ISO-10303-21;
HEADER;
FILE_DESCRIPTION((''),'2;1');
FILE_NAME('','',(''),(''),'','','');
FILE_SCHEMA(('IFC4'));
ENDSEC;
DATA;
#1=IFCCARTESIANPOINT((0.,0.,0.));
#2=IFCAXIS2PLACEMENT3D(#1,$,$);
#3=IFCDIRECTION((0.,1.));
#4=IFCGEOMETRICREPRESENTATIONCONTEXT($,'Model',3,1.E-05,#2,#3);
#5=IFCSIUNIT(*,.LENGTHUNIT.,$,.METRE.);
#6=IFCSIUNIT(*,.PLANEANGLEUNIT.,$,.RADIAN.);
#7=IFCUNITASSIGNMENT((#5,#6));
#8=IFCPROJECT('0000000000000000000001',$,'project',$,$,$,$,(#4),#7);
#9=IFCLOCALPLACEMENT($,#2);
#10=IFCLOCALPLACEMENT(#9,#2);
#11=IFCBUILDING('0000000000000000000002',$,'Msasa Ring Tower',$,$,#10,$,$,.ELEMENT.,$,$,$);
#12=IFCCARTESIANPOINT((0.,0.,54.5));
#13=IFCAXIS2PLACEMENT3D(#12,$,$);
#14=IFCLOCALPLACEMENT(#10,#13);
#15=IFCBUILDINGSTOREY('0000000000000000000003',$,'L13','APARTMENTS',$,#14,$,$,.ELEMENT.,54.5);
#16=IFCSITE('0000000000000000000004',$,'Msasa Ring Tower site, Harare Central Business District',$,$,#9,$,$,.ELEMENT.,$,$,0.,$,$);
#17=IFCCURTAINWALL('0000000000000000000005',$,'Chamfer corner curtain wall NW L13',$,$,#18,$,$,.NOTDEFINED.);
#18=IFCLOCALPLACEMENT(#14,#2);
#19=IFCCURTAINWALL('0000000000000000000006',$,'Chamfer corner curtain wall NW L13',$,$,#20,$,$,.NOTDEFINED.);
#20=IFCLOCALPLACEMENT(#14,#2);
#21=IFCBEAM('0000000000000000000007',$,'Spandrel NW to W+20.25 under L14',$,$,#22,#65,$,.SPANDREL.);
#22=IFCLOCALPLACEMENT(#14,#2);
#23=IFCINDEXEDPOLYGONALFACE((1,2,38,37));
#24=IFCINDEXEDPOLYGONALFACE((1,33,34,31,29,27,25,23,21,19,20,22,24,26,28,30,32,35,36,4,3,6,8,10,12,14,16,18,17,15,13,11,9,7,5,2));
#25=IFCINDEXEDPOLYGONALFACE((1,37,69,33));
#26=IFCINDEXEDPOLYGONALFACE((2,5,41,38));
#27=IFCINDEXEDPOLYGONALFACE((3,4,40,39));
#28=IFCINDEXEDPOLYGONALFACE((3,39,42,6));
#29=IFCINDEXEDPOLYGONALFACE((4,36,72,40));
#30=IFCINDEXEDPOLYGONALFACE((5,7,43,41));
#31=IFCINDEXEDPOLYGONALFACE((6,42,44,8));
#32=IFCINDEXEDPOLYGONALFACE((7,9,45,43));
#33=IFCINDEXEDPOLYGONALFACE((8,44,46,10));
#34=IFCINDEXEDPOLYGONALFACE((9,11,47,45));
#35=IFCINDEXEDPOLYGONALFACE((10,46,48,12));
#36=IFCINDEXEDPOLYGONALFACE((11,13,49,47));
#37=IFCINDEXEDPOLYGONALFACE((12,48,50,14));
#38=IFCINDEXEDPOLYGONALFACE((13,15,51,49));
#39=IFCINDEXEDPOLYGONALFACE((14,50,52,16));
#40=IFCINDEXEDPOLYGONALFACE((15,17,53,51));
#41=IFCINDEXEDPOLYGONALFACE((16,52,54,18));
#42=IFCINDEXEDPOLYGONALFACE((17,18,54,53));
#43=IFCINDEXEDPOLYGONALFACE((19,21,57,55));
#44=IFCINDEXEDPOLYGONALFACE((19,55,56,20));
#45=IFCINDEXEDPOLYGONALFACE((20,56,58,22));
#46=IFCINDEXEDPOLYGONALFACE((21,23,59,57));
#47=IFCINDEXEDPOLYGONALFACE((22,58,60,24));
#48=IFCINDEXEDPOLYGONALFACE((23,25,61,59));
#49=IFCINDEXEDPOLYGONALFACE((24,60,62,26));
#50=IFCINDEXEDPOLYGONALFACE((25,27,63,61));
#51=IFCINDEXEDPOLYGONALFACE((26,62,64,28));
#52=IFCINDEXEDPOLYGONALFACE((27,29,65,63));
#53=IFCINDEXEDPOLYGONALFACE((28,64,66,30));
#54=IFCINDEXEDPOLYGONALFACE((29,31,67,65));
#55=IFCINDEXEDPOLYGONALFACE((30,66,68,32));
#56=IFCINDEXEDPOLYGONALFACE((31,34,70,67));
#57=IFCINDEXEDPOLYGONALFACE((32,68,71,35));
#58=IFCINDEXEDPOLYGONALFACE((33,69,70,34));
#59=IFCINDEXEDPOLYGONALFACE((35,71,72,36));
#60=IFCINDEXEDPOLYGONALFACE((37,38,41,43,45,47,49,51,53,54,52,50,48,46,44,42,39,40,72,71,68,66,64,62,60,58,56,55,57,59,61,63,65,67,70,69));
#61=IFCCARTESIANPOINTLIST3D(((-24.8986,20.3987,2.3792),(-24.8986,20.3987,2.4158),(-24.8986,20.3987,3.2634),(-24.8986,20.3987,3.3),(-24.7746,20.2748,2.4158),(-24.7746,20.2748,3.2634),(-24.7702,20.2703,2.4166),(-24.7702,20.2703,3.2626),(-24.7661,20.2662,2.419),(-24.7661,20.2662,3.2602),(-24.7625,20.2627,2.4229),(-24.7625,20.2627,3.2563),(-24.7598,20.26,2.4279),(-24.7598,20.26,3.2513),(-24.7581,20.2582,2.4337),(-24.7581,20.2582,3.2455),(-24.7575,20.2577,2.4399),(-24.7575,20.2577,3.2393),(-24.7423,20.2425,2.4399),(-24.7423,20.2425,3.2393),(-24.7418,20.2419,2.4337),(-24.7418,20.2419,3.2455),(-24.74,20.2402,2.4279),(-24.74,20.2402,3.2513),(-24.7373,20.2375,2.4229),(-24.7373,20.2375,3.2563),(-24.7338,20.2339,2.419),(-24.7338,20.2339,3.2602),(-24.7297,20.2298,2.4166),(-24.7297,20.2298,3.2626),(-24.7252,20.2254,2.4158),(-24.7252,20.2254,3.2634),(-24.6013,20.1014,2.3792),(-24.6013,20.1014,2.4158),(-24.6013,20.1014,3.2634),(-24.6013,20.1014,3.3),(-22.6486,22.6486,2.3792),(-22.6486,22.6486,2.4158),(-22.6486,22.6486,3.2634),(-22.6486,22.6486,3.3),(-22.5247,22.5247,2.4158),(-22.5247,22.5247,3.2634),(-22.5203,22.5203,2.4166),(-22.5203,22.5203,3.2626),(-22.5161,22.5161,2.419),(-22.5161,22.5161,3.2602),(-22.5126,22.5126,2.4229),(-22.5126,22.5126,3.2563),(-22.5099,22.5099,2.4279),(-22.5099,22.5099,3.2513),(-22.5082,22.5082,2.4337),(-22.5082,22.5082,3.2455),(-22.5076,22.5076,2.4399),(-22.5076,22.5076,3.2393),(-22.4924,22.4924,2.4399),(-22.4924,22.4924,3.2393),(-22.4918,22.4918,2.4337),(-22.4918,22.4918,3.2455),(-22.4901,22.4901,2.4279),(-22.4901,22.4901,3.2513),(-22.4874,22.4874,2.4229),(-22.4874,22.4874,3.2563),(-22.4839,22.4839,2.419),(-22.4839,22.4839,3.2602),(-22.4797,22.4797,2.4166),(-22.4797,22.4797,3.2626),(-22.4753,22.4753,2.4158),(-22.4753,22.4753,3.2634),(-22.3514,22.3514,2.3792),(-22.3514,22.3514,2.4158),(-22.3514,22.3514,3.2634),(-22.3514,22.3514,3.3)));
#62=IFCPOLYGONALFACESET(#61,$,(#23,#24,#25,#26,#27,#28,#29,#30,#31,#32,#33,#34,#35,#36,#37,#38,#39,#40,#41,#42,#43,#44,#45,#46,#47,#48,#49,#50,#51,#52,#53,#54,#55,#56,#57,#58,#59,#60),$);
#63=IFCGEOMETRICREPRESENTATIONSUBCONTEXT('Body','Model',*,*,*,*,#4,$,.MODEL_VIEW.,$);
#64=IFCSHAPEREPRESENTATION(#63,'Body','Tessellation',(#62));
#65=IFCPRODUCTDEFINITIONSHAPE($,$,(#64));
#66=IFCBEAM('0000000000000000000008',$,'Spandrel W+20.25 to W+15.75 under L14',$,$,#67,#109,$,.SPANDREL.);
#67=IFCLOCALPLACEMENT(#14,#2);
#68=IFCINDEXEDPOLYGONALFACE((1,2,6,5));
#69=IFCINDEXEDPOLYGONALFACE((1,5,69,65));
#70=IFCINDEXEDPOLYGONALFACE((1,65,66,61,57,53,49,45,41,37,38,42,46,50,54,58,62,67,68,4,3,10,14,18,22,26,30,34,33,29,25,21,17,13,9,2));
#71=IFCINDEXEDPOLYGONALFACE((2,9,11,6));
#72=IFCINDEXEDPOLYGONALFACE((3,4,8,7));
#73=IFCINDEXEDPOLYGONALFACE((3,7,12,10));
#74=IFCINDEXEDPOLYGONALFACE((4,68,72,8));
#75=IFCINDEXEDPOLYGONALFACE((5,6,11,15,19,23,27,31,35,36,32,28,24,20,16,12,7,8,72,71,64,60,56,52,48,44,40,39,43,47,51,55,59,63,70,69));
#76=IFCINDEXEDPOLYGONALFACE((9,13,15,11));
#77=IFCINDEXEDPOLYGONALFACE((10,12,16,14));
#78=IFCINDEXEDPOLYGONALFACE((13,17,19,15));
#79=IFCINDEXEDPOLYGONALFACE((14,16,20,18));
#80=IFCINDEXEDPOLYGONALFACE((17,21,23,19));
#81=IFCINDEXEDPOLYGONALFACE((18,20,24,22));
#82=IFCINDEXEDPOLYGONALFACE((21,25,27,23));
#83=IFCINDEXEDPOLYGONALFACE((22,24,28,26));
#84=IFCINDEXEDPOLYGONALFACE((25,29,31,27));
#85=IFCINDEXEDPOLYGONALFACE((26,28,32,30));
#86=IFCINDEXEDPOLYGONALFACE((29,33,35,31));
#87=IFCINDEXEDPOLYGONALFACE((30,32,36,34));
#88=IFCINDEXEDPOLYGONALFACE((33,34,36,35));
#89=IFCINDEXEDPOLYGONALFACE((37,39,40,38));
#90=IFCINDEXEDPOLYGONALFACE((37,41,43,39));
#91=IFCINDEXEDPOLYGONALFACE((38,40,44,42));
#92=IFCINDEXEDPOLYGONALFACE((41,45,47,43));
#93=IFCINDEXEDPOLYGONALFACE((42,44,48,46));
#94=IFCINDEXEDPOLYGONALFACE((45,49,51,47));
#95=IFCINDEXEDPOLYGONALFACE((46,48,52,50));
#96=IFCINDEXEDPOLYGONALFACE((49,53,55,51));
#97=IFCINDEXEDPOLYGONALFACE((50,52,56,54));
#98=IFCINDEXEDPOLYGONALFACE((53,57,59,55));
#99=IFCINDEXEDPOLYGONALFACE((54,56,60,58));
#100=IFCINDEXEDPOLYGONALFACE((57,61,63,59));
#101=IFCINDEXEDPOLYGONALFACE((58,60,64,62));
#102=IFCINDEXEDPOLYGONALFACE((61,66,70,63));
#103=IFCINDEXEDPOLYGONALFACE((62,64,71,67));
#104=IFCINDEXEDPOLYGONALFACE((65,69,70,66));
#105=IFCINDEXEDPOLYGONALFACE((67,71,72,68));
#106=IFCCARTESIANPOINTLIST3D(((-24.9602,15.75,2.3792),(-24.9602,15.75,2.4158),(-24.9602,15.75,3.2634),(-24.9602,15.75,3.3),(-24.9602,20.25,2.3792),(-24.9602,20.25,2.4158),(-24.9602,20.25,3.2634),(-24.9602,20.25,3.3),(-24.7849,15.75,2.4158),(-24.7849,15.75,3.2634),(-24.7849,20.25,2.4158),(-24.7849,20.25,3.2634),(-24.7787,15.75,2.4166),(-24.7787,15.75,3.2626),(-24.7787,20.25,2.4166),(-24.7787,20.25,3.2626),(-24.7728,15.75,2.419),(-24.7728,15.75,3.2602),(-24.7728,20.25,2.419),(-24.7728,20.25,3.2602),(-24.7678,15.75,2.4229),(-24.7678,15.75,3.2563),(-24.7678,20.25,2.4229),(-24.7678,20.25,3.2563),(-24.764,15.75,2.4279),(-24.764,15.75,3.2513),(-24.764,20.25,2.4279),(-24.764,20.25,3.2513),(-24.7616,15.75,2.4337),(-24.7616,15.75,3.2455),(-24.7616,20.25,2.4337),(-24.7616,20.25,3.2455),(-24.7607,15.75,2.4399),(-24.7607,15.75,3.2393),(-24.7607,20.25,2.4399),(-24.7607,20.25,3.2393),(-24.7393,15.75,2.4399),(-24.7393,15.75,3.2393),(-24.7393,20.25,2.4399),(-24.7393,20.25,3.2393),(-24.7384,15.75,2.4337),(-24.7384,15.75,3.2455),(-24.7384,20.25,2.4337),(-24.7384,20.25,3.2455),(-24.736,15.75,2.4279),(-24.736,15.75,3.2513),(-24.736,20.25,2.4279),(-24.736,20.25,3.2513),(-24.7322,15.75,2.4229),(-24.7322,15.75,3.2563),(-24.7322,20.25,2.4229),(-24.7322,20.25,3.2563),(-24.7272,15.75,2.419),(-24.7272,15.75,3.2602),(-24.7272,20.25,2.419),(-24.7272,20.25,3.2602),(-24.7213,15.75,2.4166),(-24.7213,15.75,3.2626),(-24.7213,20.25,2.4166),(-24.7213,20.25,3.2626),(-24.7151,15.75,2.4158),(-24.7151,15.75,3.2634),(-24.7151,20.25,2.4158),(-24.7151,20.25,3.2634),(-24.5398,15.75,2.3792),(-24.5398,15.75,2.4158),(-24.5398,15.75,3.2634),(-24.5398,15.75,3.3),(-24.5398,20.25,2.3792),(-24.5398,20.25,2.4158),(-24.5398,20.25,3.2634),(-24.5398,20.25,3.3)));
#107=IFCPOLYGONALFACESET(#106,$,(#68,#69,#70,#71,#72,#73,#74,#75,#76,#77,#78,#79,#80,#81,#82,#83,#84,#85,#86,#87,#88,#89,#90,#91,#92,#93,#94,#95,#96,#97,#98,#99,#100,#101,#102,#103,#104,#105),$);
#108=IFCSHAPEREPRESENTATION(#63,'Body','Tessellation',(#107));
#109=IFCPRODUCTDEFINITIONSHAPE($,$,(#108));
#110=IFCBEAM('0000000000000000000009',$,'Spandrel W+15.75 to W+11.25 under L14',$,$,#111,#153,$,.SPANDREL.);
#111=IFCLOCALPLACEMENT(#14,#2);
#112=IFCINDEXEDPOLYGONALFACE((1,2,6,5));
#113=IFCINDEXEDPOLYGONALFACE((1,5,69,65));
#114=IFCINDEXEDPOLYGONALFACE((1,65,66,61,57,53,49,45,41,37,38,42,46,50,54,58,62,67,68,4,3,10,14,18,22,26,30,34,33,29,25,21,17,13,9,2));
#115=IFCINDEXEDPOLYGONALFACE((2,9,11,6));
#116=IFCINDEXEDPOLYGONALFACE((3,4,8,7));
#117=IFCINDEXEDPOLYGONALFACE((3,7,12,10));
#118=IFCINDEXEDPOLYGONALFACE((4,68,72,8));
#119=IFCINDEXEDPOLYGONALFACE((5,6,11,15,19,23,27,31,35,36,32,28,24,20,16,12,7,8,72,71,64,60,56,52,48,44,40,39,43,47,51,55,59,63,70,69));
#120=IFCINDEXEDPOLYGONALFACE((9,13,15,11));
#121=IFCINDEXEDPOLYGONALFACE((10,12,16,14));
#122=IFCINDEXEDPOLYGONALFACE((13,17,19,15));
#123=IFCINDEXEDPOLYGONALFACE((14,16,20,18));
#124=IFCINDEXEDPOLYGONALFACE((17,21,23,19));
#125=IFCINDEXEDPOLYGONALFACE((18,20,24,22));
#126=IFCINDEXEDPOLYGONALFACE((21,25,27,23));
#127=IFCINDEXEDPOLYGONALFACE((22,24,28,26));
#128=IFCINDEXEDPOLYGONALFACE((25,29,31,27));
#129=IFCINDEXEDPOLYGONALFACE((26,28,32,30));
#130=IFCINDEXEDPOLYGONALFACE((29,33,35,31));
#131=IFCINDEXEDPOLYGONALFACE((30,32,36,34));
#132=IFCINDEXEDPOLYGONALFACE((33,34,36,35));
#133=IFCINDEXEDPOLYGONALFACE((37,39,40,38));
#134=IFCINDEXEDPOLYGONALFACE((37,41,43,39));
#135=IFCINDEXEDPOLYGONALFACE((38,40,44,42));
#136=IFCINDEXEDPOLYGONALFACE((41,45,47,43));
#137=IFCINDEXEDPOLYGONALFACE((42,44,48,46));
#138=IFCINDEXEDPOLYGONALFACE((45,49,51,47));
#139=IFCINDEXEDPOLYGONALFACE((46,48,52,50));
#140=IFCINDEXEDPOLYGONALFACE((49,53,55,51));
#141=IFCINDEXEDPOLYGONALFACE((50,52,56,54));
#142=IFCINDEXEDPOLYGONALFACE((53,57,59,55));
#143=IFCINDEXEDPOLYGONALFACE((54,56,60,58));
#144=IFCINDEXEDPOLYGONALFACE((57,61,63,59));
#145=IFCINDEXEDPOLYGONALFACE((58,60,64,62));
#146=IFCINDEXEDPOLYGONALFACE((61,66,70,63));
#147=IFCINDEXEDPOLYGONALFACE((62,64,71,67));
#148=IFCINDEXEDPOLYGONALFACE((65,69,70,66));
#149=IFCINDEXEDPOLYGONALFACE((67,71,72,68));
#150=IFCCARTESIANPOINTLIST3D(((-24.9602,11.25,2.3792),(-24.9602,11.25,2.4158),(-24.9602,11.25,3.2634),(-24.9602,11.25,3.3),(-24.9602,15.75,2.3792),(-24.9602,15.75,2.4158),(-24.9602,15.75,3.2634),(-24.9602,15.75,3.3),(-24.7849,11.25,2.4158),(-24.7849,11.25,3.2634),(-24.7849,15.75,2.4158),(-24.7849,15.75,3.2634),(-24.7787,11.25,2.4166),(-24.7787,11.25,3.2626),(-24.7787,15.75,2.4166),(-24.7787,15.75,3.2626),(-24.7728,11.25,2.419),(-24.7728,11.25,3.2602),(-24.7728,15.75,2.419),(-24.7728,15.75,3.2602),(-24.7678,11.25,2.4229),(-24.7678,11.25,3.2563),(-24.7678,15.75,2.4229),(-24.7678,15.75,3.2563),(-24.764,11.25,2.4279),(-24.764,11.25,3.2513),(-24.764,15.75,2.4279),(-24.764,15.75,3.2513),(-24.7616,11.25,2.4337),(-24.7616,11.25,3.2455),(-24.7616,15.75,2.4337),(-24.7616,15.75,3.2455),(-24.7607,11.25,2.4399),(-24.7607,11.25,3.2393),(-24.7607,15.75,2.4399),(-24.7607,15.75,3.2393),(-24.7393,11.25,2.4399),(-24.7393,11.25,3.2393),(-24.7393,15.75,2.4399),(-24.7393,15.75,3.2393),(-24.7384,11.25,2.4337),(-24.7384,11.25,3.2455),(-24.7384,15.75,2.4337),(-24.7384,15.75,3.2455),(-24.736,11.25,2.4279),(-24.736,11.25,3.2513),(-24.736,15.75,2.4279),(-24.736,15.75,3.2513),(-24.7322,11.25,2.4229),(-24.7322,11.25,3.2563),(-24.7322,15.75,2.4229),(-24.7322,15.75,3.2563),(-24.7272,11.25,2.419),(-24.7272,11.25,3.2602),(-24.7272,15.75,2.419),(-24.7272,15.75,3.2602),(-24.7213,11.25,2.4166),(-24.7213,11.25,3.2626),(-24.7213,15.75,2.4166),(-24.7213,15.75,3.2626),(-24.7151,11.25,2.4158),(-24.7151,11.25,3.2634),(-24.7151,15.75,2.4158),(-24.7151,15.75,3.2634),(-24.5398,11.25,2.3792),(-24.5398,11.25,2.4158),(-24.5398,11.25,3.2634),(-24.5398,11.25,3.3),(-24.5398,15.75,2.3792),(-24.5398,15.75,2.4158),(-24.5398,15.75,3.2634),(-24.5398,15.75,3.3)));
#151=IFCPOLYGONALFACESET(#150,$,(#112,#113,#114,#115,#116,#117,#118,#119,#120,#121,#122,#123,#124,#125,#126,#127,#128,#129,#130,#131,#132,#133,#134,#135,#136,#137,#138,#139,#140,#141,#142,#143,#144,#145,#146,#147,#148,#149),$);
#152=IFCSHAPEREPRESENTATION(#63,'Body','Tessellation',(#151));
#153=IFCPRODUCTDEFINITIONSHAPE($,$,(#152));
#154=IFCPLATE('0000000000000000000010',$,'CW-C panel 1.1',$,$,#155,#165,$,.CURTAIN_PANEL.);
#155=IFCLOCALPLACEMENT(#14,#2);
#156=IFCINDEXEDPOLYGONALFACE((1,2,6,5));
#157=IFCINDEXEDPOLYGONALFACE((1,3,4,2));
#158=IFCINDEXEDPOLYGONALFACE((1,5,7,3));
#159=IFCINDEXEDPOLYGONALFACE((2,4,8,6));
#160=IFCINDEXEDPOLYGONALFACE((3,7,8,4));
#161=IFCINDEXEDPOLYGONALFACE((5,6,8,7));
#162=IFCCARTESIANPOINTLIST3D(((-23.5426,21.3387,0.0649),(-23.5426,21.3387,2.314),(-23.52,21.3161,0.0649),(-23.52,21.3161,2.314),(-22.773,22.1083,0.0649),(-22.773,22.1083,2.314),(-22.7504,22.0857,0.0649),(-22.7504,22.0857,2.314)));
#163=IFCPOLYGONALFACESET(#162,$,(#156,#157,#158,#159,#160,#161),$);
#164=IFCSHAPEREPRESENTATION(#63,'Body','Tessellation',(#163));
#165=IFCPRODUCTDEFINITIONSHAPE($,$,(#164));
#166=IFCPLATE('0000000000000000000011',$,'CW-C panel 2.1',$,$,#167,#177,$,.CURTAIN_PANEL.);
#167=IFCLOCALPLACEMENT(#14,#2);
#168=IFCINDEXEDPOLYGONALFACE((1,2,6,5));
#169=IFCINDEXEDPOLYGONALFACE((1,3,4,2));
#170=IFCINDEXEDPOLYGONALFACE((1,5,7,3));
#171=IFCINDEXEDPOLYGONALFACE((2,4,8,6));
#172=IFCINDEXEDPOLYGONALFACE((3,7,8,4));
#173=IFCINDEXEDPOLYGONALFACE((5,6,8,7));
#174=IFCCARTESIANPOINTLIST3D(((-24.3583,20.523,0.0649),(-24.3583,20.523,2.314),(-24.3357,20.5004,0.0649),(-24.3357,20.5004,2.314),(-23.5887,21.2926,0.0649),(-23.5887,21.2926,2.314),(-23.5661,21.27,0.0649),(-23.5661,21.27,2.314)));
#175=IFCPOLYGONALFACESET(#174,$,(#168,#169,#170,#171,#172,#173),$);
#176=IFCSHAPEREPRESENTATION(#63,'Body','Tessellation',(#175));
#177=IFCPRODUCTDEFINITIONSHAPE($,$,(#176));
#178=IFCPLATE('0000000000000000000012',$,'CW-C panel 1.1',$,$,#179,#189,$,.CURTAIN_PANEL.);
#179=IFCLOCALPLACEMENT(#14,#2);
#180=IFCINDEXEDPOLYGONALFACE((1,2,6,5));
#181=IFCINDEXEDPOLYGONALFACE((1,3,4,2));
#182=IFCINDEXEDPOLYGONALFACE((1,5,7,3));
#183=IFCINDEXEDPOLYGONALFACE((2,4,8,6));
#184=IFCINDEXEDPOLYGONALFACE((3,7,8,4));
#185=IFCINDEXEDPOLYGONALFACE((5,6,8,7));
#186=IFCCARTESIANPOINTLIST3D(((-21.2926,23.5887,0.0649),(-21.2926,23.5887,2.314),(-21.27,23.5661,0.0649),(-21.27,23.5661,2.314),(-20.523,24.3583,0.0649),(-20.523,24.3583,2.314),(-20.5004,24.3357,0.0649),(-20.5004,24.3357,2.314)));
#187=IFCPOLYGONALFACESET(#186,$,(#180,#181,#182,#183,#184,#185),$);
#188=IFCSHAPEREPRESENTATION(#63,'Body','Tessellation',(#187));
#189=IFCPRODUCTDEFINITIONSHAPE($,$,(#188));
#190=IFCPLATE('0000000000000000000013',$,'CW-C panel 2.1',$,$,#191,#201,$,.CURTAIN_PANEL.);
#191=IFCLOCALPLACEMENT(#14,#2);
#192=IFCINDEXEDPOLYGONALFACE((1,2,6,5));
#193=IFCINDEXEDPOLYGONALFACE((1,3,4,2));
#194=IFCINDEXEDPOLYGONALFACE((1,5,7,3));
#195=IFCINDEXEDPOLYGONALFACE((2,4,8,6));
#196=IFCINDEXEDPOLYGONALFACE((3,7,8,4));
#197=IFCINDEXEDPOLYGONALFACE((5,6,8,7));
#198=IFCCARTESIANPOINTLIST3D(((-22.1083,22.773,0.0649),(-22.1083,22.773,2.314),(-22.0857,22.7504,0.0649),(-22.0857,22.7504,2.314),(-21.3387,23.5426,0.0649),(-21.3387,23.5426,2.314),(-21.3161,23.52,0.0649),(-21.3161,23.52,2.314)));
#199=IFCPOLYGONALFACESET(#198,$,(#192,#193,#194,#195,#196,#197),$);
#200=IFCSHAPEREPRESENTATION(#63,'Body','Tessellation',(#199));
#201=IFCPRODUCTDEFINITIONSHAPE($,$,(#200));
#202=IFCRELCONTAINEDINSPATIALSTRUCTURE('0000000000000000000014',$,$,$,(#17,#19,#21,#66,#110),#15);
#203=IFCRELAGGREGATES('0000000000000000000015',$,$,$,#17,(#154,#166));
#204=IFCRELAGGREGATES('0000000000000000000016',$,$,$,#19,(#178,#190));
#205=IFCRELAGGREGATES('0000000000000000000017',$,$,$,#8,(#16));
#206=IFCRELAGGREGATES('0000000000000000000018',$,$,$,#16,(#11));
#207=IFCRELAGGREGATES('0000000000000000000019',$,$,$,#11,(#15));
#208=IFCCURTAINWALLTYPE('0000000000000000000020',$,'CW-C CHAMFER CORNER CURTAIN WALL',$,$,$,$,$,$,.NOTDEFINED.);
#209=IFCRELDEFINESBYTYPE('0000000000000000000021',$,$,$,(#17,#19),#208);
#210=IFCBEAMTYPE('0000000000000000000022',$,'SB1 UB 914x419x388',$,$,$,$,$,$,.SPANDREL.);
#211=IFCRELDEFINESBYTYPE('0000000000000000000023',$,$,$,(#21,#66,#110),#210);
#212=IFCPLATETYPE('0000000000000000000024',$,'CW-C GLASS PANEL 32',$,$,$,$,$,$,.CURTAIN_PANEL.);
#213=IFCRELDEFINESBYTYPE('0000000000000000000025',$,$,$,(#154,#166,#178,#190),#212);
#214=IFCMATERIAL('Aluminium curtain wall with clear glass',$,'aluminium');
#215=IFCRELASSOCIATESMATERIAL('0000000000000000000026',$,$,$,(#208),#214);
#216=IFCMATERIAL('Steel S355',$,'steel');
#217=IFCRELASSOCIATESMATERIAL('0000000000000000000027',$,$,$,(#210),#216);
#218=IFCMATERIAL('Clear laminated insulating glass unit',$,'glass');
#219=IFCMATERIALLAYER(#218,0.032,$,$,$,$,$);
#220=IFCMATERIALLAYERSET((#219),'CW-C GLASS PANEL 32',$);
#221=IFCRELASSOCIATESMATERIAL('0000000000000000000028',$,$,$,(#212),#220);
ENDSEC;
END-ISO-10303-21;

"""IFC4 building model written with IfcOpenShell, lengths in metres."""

from ifc_helpers import new_model, si_unit, direction, frame, origin, origin_2d, place, context, subcontext, project, spatial, rectangle, i_section, extrude, material, layer, layer_set, material_profile, profile_set, type_object, element, aggregate, save


model = new_model("IFC4")

# Units and contexts
model_context = context("Model", 3, precision=1e-05, world=origin(), true_north=direction((0.0, 1.0)))
body_context = subcontext(model_context, "Body", "Model", "MODEL_VIEW")
ifc_project = project(units=[si_unit("LENGTHUNIT", "METRE"), si_unit("PLANEANGLEUNIT", "RADIAN")], contexts=[model_context])

# Site, building, storey
site_placement = place(None, origin())
site = spatial("IfcSite", under=ifc_project, at=site_placement, Name="Msasa Ring Tower site, Harare Central Business District", CompositionType="ELEMENT", RefElevation=0.0)
building_placement = place(site_placement, origin())
building = spatial("IfcBuilding", under=site, at=building_placement, Name="Msasa Ring Tower", CompositionType="ELEMENT")
storey_placement = place(building_placement, frame((0.0, 0.0, 54.5)))
storey = spatial("IfcBuildingStorey", under=building, at=storey_placement, Name="L13", Description="APARTMENTS", CompositionType="ELEMENT", Elevation=54.5)

# Curtain walls
ifc_material_1 = material(Name="Aluminium curtain wall with clear glass", Category="aluminium")
curtain_wall_type = type_object("IfcCurtainWallType", Name="CW-C CHAMFER CORNER CURTAIN WALL", PredefinedType="NOTDEFINED", material=ifc_material_1)
curtain_wall_1_placement = place(storey_placement, origin())
curtain_wall_1 = element("IfcCurtainWall", 1, at=curtain_wall_1_placement, inside=storey, type_object=curtain_wall_type, Name="Chamfer corner curtain wall NW L13", PredefinedType="NOTDEFINED")
curtain_wall_2_placement = place(storey_placement, origin())
curtain_wall_2 = element("IfcCurtainWall", 2, at=curtain_wall_2_placement, inside=storey, type_object=curtain_wall_type, Name="Chamfer corner curtain wall NW L13", PredefinedType="NOTDEFINED")

# Beams
ifc_material_2 = material(Name="Steel S355", Category="steel")
ifc_material_profile_1 = material_profile(ifc_material_2, i_section(OverallWidth=0.4204, OverallDepth=0.9209, WebThickness=0.0215, FlangeThickness=0.0366, FilletRadius=0.0242, at=origin_2d()), Name="UB 914x419x388")
ifc_profile_set_1 = profile_set([ifc_material_profile_1], Name="Steel S355")
beam_type_1 = type_object("IfcBeamType", Name="SB1 UB 914x419x388", PredefinedType="SPANDREL", material=ifc_profile_set_1)
for number, where, z_axis, x_axis, name in (
    (3, (-22.5, 22.5, 2.8396), (-0.707107, -0.707107, 0.0), (0.707107, -0.707107, 0.0), "Spandrel NW to W+20.25 under L14"),
):
    element("IfcBeam", number, at=place(storey_placement, frame(where, z_axis=z_axis, x_axis=x_axis)), inside=storey, type_object=beam_type_1, Name=name, PredefinedType="SPANDREL", context=body_context, shape_type="SweptSolid", body=[
        extrude(i_section(OverallWidth=0.4204, OverallDepth=0.9209, WebThickness=0.0215, FlangeThickness=0.0366, FilletRadius=0.0242, at=origin_2d()), origin(), (0.0, 0.0, 1.0), 3.1819),
    ])
for number, where, z_axis, x_axis, name in (
    (4, (-24.75, 20.25, 2.8396), (0.0, -1.0, 0.0), (1.0, 0.0, 0.0), "Spandrel W+20.25 to W+15.75 under L14"),
    (5, (-24.75, 15.75, 2.8396), (0.0, -1.0, 0.0), (1.0, 0.0, 0.0), "Spandrel W+15.75 to W+11.25 under L14"),
):
    element("IfcBeam", number, at=place(storey_placement, frame(where, z_axis=z_axis, x_axis=x_axis)), inside=storey, type_object=beam_type_1, Name=name, PredefinedType="SPANDREL", context=body_context, shape_type="SweptSolid", body=[
        extrude(i_section(OverallWidth=0.4204, OverallDepth=0.9209, WebThickness=0.0215, FlangeThickness=0.0366, FilletRadius=0.0242, at=origin_2d()), origin(), (0.0, 0.0, 1.0), 4.5),
    ])

# Plates
ifc_material_3 = material(Name="Clear laminated insulating glass unit", Category="glass")
ifc_layer_1 = layer(ifc_material_3, 0.032)
ifc_layer_set_1 = layer_set([ifc_layer_1], Name="CW-C GLASS PANEL 32")
plate_type = type_object("IfcPlateType", Name="CW-C GLASS PANEL 32", PredefinedType="CURTAIN_PANEL", material=ifc_layer_set_1)
plate_1_placement = place(storey_placement, frame((-23.1465, 21.7122, 0.0649), z_axis=(0.0, 0.0, 1.0), x_axis=(-0.707107, -0.707107, 0.0)))
plate_1 = element("IfcPlate", 6, at=plate_1_placement, type_object=plate_type, Name="CW-C panel 1.1", PredefinedType="CURTAIN_PANEL", context=body_context, shape_type="SweptSolid", body=[
    extrude(rectangle(XDim=1.0884, YDim=0.032, at=origin_2d()), origin(), (0.0, 0.0, 1.0), 2.249),
])
plate_2_placement = place(storey_placement, frame((-23.9622, 20.8965, 0.0649), z_axis=(0.0, 0.0, 1.0), x_axis=(-0.707107, -0.707107, 0.0)))
plate_2 = element("IfcPlate", 7, at=plate_2_placement, type_object=plate_type, Name="CW-C panel 2.1", PredefinedType="CURTAIN_PANEL", context=body_context, shape_type="SweptSolid", body=[
    extrude(rectangle(XDim=1.0884, YDim=0.032, at=origin_2d()), origin(), (0.0, 0.0, 1.0), 2.249),
])
aggregate(curtain_wall_1, [plate_1, plate_2])
plate_3_placement = place(storey_placement, frame((-20.8965, 23.9622, 0.0649), z_axis=(0.0, 0.0, 1.0), x_axis=(-0.707107, -0.707107, 0.0)))
plate_3 = element("IfcPlate", 8, at=plate_3_placement, type_object=plate_type, Name="CW-C panel 1.1", PredefinedType="CURTAIN_PANEL", context=body_context, shape_type="SweptSolid", body=[
    extrude(rectangle(XDim=1.0884, YDim=0.032, at=origin_2d()), origin(), (0.0, 0.0, 1.0), 2.249),
])
plate_4_placement = place(storey_placement, frame((-21.7122, 23.1465, 0.0649), z_axis=(0.0, 0.0, 1.0), x_axis=(-0.707107, -0.707107, 0.0)))
plate_4 = element("IfcPlate", 9, at=plate_4_placement, type_object=plate_type, Name="CW-C panel 2.1", PredefinedType="CURTAIN_PANEL", context=body_context, shape_type="SweptSolid", body=[
    extrude(rectangle(XDim=1.0884, YDim=0.032, at=origin_2d()), origin(), (0.0, 0.0, 1.0), 2.249),
])
aggregate(curtain_wall_2, [plate_3, plate_4])

save(model, "model.ifc")
